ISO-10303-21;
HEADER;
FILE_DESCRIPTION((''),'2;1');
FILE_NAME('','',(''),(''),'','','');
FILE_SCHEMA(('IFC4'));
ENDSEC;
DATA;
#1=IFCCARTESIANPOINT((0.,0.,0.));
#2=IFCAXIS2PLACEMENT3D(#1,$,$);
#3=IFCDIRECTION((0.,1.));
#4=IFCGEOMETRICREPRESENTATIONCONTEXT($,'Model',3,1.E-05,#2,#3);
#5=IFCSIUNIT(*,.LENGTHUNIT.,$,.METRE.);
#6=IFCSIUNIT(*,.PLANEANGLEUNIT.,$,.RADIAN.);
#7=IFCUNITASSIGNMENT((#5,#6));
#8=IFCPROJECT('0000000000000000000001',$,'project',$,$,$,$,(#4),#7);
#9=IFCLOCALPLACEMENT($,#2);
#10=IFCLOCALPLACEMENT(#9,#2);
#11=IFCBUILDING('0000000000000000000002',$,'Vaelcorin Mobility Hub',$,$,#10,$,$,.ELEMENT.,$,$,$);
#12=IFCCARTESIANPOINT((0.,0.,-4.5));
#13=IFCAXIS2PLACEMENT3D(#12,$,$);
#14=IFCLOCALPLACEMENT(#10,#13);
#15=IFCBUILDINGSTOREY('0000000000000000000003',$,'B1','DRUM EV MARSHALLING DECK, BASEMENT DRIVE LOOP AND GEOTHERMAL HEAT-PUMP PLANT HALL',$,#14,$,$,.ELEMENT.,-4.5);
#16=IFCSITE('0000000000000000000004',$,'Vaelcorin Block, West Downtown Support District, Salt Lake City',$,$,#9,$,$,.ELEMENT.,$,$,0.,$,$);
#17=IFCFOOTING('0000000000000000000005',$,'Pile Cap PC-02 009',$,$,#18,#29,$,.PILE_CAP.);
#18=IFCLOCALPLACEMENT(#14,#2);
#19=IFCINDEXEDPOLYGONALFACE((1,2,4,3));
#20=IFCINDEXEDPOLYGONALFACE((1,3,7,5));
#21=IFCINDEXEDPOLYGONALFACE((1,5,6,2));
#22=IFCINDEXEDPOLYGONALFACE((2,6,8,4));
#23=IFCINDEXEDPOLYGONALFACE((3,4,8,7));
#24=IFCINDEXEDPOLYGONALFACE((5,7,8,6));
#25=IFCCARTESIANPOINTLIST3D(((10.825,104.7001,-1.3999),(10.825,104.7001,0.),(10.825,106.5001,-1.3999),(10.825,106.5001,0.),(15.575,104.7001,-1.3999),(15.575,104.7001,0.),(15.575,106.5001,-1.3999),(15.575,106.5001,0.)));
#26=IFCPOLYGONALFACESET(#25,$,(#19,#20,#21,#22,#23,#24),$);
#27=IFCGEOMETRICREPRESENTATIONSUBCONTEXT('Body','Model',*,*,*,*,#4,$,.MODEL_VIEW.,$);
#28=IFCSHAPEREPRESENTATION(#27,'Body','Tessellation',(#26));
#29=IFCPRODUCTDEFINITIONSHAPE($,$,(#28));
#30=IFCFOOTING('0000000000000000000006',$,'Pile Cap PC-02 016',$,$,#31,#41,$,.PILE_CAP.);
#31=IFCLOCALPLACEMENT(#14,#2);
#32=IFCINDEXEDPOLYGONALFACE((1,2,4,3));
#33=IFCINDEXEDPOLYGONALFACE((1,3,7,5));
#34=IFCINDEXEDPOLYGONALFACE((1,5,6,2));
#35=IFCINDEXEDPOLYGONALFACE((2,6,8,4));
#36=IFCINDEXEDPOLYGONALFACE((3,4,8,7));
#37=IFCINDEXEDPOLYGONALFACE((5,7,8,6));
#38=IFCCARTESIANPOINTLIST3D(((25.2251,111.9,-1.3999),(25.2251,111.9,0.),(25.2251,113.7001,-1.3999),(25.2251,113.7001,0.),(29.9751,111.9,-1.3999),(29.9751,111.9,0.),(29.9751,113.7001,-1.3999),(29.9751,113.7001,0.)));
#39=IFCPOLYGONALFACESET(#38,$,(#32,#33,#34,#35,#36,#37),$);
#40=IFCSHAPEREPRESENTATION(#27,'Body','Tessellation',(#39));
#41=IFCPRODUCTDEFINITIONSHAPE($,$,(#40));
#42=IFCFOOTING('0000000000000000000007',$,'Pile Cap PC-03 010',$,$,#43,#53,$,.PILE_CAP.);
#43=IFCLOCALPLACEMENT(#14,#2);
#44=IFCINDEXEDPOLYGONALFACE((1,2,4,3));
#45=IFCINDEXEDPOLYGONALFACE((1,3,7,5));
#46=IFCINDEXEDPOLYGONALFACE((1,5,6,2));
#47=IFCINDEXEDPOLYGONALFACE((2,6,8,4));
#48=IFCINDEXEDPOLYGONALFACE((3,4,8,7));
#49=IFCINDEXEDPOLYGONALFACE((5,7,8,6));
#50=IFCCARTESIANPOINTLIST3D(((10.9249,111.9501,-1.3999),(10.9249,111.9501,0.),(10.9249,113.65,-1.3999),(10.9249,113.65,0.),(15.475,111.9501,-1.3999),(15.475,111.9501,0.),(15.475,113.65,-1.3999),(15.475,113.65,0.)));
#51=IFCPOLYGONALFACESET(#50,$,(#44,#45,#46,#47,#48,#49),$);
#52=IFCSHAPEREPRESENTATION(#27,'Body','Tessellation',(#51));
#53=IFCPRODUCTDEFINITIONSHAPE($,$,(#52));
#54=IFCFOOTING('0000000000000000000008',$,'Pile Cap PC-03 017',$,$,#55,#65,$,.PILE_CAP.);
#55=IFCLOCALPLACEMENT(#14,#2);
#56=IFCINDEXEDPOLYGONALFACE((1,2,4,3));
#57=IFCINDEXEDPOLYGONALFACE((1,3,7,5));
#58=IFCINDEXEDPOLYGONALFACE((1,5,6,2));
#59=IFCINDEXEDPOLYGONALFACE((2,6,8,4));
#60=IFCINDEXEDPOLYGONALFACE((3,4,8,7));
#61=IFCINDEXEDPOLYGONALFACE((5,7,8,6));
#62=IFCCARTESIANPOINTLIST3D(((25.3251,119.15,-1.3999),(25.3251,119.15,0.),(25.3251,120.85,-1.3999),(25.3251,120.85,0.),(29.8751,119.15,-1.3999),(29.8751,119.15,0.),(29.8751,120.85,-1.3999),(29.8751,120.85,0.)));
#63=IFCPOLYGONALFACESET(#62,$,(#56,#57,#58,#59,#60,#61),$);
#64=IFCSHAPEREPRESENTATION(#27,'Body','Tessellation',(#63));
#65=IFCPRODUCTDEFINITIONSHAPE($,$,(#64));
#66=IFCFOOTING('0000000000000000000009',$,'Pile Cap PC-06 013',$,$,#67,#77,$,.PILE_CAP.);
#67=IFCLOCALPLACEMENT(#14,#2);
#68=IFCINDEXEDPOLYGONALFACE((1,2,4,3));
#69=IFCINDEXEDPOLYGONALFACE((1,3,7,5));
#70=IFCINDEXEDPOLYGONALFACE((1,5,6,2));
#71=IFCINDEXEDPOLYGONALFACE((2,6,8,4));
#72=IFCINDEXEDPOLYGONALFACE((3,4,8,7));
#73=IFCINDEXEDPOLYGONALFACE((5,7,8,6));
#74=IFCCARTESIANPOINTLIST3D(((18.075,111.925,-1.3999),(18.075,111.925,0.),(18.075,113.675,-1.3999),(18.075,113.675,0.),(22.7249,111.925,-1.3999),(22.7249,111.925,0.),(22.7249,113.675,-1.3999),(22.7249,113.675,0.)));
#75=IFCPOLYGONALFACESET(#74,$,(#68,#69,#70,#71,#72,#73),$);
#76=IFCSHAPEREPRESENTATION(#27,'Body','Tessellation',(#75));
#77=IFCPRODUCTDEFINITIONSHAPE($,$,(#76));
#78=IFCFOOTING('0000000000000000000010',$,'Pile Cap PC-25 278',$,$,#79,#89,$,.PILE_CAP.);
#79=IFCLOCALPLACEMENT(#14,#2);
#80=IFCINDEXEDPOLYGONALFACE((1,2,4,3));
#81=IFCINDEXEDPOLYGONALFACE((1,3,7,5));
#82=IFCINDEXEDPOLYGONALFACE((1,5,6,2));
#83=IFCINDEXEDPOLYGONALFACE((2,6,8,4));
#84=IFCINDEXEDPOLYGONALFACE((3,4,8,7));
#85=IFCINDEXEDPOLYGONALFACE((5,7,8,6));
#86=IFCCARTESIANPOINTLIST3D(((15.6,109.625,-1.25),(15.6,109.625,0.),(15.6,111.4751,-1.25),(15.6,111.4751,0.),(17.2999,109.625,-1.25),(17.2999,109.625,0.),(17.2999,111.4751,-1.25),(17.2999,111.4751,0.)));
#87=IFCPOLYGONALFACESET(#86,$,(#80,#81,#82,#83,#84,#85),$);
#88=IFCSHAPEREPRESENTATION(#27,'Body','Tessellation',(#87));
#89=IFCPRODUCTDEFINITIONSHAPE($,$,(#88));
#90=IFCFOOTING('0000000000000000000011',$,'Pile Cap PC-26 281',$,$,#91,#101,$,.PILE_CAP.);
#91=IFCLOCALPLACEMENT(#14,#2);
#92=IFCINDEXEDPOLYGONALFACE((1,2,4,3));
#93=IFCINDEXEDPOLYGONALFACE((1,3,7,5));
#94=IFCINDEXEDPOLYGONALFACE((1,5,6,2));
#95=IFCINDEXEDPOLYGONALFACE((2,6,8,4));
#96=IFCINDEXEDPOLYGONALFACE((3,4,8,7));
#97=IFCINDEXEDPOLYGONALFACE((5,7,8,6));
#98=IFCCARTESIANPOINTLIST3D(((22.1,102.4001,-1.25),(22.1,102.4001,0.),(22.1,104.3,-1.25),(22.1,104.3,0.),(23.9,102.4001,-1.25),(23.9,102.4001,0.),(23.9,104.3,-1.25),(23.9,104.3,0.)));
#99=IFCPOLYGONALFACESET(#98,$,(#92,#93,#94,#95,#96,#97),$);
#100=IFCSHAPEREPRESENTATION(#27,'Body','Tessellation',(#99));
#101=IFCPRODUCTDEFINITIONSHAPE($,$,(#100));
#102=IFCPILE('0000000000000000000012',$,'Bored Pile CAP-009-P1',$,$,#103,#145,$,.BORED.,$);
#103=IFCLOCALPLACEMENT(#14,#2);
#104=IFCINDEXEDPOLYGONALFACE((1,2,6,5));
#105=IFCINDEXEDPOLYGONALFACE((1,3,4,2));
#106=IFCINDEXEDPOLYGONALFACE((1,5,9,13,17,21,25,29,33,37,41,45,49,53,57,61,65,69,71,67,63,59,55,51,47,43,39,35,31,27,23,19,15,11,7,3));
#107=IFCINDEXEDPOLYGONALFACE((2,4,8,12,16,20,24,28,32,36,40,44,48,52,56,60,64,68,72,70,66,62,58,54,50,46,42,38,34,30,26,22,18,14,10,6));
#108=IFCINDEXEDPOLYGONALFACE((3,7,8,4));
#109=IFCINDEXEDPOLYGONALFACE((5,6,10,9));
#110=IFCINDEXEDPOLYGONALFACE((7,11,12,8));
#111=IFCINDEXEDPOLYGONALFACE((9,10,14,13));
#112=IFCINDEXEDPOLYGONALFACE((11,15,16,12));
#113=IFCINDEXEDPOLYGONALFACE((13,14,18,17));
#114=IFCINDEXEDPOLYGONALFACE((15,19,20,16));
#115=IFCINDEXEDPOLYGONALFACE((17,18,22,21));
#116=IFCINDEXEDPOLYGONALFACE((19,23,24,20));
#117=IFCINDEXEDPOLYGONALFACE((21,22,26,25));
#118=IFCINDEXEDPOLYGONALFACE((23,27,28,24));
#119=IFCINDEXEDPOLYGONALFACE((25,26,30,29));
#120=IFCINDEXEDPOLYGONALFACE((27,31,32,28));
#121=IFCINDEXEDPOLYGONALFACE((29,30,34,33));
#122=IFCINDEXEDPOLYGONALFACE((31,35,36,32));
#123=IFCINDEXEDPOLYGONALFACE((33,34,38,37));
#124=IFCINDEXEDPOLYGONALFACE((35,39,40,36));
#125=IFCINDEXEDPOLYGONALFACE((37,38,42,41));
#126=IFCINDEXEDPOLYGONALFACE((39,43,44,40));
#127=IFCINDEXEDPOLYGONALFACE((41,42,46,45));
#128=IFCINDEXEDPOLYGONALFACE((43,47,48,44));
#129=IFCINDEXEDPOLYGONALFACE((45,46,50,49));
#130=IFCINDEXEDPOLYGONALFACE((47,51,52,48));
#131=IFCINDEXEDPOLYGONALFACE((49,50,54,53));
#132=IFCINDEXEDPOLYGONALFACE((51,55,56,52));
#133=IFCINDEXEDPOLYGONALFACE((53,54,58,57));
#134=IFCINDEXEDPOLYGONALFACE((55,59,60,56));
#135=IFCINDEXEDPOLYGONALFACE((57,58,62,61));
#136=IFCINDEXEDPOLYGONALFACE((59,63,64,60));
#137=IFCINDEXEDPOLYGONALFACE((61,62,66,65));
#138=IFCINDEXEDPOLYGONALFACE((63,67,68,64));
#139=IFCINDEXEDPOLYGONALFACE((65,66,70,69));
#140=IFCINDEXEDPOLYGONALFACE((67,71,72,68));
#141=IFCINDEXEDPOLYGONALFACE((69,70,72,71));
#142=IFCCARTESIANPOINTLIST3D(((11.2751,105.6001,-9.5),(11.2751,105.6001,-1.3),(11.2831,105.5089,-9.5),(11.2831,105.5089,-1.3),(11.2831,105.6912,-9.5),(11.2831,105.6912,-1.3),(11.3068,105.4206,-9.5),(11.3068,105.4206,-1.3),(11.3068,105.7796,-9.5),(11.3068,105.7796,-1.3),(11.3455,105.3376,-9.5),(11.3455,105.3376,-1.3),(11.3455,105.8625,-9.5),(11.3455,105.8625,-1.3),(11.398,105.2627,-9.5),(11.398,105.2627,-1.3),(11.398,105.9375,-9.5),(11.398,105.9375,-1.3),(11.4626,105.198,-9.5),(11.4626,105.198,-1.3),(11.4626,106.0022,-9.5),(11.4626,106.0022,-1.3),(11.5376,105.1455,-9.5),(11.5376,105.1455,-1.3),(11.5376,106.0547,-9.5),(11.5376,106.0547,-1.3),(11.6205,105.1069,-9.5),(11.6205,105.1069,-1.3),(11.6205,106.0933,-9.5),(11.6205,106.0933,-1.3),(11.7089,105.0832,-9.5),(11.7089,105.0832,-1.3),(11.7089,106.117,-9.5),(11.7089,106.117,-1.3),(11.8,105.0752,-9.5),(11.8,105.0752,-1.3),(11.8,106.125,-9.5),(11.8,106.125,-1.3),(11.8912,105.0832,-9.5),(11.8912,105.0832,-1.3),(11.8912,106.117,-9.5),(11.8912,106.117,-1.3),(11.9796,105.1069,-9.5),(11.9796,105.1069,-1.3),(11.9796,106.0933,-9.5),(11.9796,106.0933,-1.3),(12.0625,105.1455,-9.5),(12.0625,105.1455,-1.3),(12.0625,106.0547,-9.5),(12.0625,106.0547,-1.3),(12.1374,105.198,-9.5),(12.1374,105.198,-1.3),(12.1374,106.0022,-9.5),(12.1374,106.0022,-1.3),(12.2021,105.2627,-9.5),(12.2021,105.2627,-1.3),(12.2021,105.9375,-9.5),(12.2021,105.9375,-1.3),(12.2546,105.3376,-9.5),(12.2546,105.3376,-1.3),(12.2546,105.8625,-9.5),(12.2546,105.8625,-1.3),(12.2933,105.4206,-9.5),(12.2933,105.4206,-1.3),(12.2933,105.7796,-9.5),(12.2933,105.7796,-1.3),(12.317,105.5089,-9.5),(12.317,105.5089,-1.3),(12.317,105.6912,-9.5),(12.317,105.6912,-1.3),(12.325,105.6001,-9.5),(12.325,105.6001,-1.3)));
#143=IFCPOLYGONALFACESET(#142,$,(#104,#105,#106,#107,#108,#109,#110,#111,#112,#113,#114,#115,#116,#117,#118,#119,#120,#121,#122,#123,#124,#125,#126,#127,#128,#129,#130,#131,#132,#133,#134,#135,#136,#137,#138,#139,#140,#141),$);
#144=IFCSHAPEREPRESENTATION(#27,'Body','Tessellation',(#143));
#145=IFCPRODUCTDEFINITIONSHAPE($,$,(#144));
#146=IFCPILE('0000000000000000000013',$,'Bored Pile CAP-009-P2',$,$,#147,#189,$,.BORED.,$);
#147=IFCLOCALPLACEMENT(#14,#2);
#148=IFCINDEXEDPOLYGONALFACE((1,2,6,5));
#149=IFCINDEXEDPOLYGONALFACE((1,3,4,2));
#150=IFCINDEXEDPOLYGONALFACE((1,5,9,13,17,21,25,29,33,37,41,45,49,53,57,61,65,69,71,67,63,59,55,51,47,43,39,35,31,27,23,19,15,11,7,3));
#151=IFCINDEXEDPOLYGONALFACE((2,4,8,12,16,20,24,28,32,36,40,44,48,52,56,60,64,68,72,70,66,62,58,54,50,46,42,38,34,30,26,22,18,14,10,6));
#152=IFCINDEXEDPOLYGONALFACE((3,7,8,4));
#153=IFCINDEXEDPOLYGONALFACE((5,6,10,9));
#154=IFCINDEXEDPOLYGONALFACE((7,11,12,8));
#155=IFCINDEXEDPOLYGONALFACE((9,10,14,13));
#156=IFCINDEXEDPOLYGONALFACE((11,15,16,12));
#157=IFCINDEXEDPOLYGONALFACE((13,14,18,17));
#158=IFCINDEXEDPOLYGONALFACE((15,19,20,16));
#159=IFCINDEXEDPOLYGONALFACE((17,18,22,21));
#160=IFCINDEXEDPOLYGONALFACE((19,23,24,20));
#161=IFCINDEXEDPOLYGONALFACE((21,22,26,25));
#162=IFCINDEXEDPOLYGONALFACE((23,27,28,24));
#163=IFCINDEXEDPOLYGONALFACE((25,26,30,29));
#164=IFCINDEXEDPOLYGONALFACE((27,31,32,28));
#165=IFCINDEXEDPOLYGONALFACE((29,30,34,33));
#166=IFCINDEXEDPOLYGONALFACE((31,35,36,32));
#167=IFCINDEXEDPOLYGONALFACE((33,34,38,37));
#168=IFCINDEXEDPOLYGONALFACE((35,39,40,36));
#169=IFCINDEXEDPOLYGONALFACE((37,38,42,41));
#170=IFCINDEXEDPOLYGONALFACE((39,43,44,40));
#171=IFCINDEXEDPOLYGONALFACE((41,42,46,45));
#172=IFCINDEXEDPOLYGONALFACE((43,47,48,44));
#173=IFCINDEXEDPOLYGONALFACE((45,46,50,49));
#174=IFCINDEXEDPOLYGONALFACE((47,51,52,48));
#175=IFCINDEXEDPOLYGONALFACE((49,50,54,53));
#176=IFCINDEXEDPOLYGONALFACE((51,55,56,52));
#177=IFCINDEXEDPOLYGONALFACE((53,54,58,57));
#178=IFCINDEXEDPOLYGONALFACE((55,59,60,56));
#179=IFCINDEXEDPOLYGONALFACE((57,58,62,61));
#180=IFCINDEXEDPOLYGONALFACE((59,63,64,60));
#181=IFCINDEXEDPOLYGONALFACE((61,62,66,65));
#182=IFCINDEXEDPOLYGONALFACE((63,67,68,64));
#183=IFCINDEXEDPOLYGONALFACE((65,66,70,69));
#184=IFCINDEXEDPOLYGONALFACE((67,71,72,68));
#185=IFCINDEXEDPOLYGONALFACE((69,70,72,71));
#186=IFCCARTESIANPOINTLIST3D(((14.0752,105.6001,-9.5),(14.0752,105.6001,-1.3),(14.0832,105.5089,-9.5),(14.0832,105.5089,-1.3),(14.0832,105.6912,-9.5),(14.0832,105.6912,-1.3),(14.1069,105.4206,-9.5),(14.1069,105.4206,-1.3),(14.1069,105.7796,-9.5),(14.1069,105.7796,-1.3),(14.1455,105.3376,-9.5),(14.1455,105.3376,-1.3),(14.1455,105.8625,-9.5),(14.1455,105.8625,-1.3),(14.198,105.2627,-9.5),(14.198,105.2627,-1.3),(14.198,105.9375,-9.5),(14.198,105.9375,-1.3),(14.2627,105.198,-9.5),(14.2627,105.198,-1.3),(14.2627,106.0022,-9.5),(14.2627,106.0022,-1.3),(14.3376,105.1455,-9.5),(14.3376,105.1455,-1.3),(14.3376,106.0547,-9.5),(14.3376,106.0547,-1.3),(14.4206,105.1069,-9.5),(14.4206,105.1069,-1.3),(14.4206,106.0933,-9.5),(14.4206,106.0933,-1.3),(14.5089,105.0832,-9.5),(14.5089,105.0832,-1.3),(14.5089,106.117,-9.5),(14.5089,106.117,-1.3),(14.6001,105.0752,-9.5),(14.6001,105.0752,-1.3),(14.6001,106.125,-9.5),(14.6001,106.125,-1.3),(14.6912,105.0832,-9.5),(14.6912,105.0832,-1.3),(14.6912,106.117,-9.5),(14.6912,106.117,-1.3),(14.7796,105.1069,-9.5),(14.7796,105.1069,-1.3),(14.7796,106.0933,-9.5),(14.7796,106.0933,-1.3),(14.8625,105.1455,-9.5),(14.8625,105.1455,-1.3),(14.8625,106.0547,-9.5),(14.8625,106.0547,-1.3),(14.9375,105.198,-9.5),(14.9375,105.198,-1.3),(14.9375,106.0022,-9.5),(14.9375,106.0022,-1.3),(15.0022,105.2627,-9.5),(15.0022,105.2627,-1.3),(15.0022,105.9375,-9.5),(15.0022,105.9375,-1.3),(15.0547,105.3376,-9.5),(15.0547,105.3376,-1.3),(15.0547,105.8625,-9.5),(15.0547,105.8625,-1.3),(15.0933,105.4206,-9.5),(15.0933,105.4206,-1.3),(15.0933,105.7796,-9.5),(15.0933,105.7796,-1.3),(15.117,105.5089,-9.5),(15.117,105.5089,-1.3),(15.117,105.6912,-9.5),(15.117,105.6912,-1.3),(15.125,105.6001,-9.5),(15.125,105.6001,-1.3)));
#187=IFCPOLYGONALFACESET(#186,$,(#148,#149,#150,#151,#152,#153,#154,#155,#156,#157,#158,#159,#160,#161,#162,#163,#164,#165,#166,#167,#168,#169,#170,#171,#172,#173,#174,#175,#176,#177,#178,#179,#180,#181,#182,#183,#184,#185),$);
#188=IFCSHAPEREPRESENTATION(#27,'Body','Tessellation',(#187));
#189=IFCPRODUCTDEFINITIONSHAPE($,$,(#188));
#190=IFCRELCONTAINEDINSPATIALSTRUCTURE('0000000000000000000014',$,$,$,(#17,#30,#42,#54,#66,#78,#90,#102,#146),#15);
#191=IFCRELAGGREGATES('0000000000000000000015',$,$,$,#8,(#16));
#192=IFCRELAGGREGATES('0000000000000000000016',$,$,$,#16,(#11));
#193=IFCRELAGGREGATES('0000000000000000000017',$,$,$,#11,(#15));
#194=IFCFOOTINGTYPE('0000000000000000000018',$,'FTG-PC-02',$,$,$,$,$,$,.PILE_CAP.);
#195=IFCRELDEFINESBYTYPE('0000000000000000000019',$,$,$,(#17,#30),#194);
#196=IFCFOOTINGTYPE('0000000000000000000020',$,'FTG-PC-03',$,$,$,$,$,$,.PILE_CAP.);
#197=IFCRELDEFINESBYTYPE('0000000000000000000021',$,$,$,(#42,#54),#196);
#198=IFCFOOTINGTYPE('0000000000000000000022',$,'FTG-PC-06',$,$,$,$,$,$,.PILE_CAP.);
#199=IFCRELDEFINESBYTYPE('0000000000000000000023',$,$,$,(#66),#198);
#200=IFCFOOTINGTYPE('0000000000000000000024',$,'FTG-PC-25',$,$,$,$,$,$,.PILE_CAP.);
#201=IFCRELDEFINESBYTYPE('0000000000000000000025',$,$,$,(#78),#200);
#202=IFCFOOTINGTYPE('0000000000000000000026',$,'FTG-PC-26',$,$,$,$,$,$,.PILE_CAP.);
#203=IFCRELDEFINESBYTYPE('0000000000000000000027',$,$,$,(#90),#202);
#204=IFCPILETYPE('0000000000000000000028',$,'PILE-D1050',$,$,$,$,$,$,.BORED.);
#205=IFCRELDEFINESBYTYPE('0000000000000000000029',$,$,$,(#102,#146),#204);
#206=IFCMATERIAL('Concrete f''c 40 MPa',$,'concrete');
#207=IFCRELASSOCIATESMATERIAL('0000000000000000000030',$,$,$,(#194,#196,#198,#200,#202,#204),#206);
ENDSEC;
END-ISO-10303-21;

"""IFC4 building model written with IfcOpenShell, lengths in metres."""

from ifc_helpers import new_model, si_unit, direction, frame, origin, origin_2d, place, context, subcontext, project, spatial, rectangle, circle, extrude, material, material_profile, profile_set, type_object, element, save


model = new_model("IFC4")

# Units and contexts
model_context = context("Model", 3, precision=1e-05, world=origin(), true_north=direction((0.0, 1.0)))
body_context = subcontext(model_context, "Body", "Model", "MODEL_VIEW")
ifc_project = project(units=[si_unit("LENGTHUNIT", "METRE"), si_unit("PLANEANGLEUNIT", "RADIAN")], contexts=[model_context])

# Site, building, storey
site_placement = place(None, origin())
site = spatial("IfcSite", under=ifc_project, at=site_placement, Name="Vaelcorin Block, West Downtown Support District, Salt Lake City", CompositionType="ELEMENT", RefElevation=0.0)
building_placement = place(site_placement, origin())
building = spatial("IfcBuilding", under=site, at=building_placement, Name="Vaelcorin Mobility Hub", CompositionType="ELEMENT")
storey_placement = place(building_placement, frame((0.0, 0.0, -4.5)))
storey = spatial("IfcBuildingStorey", under=building, at=storey_placement, Name="B1", Description="DRUM EV MARSHALLING DECK, BASEMENT DRIVE LOOP AND GEOTHERMAL HEAT-PUMP PLANT HALL", CompositionType="ELEMENT", Elevation=-4.5)

# Footings
ifc_material_1 = material(Name="Concrete f'c 40 MPa", Category="concrete")
footing_type_1 = type_object("IfcFootingType", Name="FTG-PC-02", PredefinedType="PILE_CAP", material=ifc_material_1)
for number, where, z_axis, x_axis, name in (
    (1, (13.2, 105.6001, -1.3999), (0.0, 0.0, 1.0), (1.0, 0.0, 0.0), "Pile Cap PC-02 009"),
    (2, (27.6001, 112.8, -1.3999), (0.0, 0.0, 1.0), (1.0, 0.0, 0.0), "Pile Cap PC-02 016"),
):
    element("IfcFooting", number, at=place(storey_placement, frame(where, z_axis=z_axis, x_axis=x_axis)), inside=storey, type_object=footing_type_1, Name=name, PredefinedType="PILE_CAP", context=body_context, shape_type="SweptSolid", body=[
        extrude(rectangle(XDim=4.75, YDim=1.8, at=origin_2d()), origin(), (0.0, 0.0, 1.0), 1.3999),
    ])
footing_type_2 = type_object("IfcFootingType", Name="FTG-PC-03", PredefinedType="PILE_CAP", material=ifc_material_1)
for number, where, z_axis, x_axis, name in (
    (3, (13.2, 112.8, -1.3999), (0.0, 0.0, 1.0), (1.0, 0.0, 0.0), "Pile Cap PC-03 010"),
    (4, (27.6001, 120.0, -1.3999), (0.0, 0.0, 1.0), (1.0, 0.0, 0.0), "Pile Cap PC-03 017"),
):
    element("IfcFooting", number, at=place(storey_placement, frame(where, z_axis=z_axis, x_axis=x_axis)), inside=storey, type_object=footing_type_2, Name=name, PredefinedType="PILE_CAP", context=body_context, shape_type="SweptSolid", body=[
        extrude(rectangle(XDim=4.55, YDim=1.7, at=origin_2d()), origin(), (0.0, 0.0, 1.0), 1.3999),
    ])
footing_type_3 = type_object("IfcFootingType", Name="FTG-PC-06", PredefinedType="PILE_CAP", material=ifc_material_1)
footing_1_placement = place(storey_placement, frame((20.3999, 112.8, -1.3999), z_axis=(0.0, 0.0, 1.0), x_axis=(1.0, 0.0, 0.0)))
element("IfcFooting", 5, at=footing_1_placement, inside=storey, type_object=footing_type_3, Name="Pile Cap PC-06 013", PredefinedType="PILE_CAP", context=body_context, shape_type="SweptSolid", body=[
    extrude(rectangle(XDim=4.6499, YDim=1.75, at=origin_2d()), origin(), (0.0, 0.0, 1.0), 1.3999),
])
footing_type_4 = type_object("IfcFootingType", Name="FTG-PC-25", PredefinedType="PILE_CAP", material=ifc_material_1)
footing_2_placement = place(storey_placement, frame((16.45, 110.55, -1.25), z_axis=(0.0, 0.0, 1.0), x_axis=(1.0, 0.0, 0.0)))
element("IfcFooting", 6, at=footing_2_placement, inside=storey, type_object=footing_type_4, Name="Pile Cap PC-25 278", PredefinedType="PILE_CAP", context=body_context, shape_type="SweptSolid", body=[
    extrude(rectangle(XDim=1.7, YDim=1.8501, at=origin_2d()), origin(), (0.0, 0.0, 1.0), 1.25),
])
footing_type_5 = type_object("IfcFootingType", Name="FTG-PC-26", PredefinedType="PILE_CAP", material=ifc_material_1)
footing_3_placement = place(storey_placement, frame((23.0, 103.3501, -1.25), z_axis=(0.0, 0.0, 1.0), x_axis=(1.0, 0.0, 0.0)))
element("IfcFooting", 7, at=footing_3_placement, inside=storey, type_object=footing_type_5, Name="Pile Cap PC-26 281", PredefinedType="PILE_CAP", context=body_context, shape_type="SweptSolid", body=[
    extrude(rectangle(XDim=1.8, YDim=1.8999, at=origin_2d()), origin(), (0.0, 0.0, 1.0), 1.25),
])

# Piles
ifc_material_profile_1 = material_profile(ifc_material_1, circle(Radius=0.5249, at=origin_2d()), Name="BP-D1050")
ifc_profile_set_1 = profile_set([ifc_material_profile_1], Name="Concrete f'c 40 MPa")
pile_type = type_object("IfcPileType", Name="PILE-D1050", PredefinedType="BORED", material=ifc_profile_set_1)
for number, where, z_axis, x_axis, name in (
    (8, (11.8, 105.6001, -1.3), (0.0, 0.0, -1.0), (1.0, 0.0, 0.0), "Bored Pile CAP-009-P1"),
    (9, (14.6001, 105.6001, -1.3), (0.0, 0.0, -1.0), (1.0, 0.0, 0.0), "Bored Pile CAP-009-P2"),
):
    element("IfcPile", number, at=place(storey_placement, frame(where, z_axis=z_axis, x_axis=x_axis)), inside=storey, type_object=pile_type, Name=name, PredefinedType="BORED", context=body_context, shape_type="SweptSolid", body=[
        extrude(circle(Radius=0.5249, at=origin_2d()), origin(), (0.0, 0.0, 1.0), 8.2),
    ])

save(model, "model.ifc")
